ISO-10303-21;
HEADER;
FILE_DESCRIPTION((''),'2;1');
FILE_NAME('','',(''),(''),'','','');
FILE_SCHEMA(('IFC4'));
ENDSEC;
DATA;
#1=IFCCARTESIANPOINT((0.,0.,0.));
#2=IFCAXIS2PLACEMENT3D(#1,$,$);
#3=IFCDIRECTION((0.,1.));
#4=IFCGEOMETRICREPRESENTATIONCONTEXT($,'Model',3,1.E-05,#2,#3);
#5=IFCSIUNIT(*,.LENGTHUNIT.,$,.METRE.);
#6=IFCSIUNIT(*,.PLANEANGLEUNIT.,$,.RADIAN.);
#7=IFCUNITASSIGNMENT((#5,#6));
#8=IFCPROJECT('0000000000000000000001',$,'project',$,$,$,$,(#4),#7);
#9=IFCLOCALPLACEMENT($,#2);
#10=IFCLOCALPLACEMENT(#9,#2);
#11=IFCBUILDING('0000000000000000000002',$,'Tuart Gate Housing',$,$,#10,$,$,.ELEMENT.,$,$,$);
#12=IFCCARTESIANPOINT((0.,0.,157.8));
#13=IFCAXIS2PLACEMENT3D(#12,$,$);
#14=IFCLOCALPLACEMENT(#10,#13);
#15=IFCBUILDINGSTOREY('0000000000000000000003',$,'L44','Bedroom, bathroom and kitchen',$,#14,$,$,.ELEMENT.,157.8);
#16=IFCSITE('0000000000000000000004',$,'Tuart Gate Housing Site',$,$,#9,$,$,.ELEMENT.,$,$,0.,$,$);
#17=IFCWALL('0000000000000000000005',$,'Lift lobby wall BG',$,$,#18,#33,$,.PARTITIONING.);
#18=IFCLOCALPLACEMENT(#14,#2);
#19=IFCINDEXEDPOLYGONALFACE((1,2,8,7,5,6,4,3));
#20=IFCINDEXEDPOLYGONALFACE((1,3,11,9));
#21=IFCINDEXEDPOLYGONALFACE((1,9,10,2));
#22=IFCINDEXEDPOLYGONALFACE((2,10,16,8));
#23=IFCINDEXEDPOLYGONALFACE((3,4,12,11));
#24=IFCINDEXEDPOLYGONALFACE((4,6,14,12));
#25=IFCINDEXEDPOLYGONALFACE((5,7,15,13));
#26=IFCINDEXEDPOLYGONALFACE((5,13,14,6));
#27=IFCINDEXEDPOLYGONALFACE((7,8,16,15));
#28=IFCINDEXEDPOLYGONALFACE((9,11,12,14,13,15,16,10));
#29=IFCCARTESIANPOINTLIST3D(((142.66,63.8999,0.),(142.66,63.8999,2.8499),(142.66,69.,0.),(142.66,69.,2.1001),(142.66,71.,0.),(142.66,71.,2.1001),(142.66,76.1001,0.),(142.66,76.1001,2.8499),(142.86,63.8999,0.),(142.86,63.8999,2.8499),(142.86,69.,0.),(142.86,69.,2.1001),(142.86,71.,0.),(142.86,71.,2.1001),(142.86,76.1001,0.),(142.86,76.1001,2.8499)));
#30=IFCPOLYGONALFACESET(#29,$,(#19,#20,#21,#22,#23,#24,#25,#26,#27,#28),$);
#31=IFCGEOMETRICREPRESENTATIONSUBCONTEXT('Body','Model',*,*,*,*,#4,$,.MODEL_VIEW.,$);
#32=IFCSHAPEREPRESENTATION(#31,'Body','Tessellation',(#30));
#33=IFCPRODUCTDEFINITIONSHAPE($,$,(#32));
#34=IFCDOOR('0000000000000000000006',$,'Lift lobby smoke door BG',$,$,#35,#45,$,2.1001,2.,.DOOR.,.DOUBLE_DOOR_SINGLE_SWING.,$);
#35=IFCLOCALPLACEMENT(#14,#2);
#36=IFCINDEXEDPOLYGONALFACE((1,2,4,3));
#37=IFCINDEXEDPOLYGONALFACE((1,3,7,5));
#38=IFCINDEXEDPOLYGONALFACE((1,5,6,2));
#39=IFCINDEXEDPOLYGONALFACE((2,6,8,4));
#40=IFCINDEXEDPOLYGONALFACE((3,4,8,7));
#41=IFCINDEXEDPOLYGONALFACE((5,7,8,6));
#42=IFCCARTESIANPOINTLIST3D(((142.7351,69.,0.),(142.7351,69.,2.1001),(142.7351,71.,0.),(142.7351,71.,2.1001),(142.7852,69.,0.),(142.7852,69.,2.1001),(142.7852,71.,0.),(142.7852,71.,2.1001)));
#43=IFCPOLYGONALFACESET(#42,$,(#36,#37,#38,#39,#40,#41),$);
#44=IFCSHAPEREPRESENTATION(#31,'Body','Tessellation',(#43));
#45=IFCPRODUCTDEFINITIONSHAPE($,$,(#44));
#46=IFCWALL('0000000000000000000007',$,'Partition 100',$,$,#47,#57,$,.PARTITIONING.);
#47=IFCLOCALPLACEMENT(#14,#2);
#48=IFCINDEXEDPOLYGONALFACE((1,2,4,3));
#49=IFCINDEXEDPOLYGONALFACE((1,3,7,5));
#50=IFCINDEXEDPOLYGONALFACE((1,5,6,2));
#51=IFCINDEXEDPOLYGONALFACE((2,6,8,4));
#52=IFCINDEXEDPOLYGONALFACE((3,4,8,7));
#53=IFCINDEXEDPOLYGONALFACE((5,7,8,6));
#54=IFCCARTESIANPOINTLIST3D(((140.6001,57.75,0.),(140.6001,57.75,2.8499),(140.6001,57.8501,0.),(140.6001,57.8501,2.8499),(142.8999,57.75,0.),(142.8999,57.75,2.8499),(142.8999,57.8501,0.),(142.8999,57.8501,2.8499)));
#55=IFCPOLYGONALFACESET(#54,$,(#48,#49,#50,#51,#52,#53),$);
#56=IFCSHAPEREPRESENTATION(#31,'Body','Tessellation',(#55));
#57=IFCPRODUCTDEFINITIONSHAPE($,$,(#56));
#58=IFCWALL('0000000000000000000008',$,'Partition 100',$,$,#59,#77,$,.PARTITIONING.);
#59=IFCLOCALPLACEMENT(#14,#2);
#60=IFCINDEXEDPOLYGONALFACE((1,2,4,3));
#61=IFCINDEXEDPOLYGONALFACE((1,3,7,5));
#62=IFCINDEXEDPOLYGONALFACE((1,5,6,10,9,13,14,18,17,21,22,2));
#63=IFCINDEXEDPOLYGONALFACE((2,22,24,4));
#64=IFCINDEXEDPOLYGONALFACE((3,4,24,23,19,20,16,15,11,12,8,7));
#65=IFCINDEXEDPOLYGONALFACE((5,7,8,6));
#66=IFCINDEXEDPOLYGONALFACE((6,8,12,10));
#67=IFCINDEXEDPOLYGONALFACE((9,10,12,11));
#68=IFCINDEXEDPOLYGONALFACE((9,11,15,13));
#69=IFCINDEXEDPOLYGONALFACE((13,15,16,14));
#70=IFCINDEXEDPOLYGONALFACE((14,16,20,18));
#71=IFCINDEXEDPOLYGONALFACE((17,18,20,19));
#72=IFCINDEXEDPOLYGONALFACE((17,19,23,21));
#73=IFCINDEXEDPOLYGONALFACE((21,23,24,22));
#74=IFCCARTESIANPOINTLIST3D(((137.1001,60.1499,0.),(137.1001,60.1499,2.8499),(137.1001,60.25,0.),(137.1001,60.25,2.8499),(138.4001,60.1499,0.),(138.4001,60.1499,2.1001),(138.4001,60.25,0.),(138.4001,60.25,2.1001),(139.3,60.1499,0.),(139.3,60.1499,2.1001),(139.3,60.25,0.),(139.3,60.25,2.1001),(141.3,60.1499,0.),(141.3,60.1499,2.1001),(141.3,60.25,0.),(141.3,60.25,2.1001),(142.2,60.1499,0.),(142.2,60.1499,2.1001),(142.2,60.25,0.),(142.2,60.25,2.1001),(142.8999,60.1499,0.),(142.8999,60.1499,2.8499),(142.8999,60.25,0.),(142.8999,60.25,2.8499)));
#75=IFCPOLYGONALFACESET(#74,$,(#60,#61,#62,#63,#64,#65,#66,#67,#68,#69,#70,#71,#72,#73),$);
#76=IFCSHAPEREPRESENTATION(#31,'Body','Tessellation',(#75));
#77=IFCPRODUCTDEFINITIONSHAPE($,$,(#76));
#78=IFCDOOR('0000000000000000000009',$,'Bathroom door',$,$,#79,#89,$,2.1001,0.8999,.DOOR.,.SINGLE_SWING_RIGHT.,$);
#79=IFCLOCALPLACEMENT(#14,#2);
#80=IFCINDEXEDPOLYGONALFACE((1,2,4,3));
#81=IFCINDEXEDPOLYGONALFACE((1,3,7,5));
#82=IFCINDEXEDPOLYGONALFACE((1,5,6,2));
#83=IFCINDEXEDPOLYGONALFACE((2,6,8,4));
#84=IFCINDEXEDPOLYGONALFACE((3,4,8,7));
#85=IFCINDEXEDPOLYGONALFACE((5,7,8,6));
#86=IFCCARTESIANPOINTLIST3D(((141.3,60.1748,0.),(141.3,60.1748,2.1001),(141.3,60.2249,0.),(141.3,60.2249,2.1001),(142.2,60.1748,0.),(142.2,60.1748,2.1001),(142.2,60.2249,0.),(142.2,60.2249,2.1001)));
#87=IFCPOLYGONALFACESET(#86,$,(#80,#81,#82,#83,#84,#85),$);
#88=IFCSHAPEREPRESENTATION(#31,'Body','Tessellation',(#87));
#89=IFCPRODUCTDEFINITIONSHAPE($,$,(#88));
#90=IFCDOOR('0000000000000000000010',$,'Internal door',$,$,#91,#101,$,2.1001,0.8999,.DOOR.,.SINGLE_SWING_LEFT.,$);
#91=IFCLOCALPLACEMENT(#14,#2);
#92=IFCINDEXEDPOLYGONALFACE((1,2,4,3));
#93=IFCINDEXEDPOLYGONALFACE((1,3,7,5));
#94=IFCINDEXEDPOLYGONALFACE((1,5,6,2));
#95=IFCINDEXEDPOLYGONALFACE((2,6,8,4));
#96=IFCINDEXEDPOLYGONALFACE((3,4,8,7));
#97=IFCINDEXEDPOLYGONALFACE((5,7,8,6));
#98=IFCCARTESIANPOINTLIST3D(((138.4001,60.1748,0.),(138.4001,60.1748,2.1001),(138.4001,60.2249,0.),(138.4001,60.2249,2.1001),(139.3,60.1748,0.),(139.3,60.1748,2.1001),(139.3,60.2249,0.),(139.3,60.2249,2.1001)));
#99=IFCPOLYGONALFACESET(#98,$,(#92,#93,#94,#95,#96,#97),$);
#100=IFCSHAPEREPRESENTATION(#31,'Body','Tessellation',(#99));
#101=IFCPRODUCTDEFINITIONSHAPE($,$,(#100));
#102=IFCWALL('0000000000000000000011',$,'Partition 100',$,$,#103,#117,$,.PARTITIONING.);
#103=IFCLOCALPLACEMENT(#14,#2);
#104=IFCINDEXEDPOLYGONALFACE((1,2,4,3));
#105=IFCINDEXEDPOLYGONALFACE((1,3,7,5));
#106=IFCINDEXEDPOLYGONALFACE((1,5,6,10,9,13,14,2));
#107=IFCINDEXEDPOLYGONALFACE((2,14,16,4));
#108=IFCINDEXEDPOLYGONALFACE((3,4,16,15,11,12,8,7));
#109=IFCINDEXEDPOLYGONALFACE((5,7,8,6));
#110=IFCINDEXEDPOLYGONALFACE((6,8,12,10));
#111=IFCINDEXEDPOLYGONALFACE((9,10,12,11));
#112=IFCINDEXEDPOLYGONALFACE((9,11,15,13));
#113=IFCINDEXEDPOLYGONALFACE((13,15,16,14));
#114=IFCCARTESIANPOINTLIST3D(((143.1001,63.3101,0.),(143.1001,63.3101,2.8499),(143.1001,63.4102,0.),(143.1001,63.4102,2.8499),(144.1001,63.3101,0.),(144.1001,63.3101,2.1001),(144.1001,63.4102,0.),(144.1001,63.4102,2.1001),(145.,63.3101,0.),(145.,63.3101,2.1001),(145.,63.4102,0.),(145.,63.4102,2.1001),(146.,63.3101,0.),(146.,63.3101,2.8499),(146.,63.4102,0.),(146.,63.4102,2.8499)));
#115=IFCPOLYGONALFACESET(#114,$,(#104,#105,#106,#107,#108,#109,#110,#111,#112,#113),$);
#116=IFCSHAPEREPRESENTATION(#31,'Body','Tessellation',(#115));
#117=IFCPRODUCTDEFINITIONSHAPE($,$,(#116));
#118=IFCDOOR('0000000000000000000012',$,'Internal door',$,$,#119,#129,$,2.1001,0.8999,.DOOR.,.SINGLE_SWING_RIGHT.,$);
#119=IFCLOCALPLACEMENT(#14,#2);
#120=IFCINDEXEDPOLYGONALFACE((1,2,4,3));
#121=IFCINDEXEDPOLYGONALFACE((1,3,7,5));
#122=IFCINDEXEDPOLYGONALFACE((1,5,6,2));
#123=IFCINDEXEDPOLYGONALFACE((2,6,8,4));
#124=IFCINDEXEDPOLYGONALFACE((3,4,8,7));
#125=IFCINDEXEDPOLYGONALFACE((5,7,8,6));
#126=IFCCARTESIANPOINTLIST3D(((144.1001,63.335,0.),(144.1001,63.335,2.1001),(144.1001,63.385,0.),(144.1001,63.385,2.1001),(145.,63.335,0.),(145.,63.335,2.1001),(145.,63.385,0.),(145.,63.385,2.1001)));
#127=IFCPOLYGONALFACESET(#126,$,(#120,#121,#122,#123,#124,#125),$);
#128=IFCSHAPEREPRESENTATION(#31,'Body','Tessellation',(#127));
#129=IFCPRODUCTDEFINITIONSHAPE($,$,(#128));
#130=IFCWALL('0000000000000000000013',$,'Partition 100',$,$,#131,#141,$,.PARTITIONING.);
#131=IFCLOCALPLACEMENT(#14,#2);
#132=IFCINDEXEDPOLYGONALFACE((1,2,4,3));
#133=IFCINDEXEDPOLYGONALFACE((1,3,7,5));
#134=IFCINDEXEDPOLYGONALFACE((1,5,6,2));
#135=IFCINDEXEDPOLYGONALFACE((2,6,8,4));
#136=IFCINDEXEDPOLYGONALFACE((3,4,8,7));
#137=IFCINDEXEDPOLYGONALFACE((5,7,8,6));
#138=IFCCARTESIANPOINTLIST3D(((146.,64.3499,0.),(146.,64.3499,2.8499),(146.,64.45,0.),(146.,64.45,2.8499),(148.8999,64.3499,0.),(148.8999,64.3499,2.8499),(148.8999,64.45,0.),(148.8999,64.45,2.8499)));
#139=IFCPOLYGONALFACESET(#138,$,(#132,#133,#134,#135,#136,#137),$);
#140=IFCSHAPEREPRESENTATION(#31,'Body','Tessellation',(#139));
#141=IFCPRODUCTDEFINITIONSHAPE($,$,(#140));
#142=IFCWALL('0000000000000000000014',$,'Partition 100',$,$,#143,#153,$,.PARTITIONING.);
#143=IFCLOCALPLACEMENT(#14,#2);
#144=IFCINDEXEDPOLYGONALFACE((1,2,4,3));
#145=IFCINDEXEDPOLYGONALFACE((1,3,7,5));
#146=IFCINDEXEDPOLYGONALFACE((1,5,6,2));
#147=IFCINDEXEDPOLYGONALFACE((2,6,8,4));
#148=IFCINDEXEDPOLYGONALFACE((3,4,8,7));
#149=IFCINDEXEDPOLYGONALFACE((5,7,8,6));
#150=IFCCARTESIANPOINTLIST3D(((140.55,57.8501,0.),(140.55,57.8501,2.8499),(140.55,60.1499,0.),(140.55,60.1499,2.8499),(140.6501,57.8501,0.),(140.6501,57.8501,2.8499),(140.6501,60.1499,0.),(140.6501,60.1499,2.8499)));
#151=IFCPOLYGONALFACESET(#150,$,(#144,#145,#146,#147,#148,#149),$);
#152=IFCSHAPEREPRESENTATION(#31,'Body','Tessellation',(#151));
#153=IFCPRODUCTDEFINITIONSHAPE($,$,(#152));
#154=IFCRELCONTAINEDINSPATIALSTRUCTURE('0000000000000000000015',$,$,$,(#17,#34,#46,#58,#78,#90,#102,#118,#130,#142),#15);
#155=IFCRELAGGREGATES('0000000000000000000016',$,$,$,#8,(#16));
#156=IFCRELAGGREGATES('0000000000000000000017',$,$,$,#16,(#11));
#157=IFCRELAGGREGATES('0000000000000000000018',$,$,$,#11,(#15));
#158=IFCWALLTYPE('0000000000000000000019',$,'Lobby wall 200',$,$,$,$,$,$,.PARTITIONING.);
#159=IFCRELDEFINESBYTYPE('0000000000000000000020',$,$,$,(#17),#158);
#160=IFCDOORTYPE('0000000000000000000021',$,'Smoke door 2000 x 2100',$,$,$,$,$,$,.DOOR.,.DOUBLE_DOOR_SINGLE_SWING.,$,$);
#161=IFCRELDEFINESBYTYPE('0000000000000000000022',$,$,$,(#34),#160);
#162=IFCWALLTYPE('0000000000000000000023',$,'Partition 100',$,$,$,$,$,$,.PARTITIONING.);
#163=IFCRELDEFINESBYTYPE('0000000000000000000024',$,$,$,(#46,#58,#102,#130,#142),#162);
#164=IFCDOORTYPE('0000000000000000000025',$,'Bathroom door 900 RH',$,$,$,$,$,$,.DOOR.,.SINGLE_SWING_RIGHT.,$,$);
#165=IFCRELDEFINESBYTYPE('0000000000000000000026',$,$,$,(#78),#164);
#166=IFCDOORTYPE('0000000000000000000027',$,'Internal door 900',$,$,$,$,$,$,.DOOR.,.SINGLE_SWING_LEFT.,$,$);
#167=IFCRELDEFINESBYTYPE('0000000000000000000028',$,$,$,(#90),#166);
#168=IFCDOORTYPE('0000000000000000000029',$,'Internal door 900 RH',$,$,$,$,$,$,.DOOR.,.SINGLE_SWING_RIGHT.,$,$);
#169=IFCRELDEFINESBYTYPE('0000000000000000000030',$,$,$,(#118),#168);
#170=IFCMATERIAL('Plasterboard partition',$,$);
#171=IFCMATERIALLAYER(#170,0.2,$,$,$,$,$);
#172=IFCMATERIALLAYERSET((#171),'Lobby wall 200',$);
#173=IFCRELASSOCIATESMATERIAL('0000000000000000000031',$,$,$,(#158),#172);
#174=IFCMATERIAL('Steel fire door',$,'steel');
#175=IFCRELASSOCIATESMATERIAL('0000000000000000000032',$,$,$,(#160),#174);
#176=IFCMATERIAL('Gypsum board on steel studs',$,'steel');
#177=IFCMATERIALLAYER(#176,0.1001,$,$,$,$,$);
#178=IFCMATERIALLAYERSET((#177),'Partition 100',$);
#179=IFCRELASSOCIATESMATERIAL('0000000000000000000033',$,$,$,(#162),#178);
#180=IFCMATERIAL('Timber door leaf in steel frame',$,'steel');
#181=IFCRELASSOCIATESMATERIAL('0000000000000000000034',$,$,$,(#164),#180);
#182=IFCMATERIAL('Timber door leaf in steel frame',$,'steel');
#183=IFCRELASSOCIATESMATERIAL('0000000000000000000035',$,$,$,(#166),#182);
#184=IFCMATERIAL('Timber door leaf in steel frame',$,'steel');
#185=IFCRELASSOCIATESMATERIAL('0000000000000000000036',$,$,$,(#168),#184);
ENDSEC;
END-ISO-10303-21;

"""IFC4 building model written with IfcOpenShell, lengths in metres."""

from ifc_helpers import new_model, si_unit, direction, frame, frame_2d, origin, place, context, subcontext, project, spatial, rectangle, extrude, material, layer, layer_set, type_object, element, fill, save


model = new_model("IFC4")

# Units and contexts
model_context = context("Model", 3, precision=1e-05, world=origin(), true_north=direction((0.0, 1.0)))
body_context = subcontext(model_context, "Body", "Model", "MODEL_VIEW")
ifc_project = project(units=[si_unit("LENGTHUNIT", "METRE"), si_unit("PLANEANGLEUNIT", "RADIAN")], contexts=[model_context])

# Site, building, storey
site_placement = place(None, origin())
site = spatial("IfcSite", under=ifc_project, at=site_placement, Name="Tuart Gate Housing Site", CompositionType="ELEMENT", RefElevation=0.0)
building_placement = place(site_placement, origin())
building = spatial("IfcBuilding", under=site, at=building_placement, Name="Tuart Gate Housing", CompositionType="ELEMENT")
storey_placement = place(building_placement, frame((0.0, 0.0, 157.8)))
storey = spatial("IfcBuildingStorey", under=building, at=storey_placement, Name="L44", Description="Bedroom, bathroom and kitchen", CompositionType="ELEMENT", Elevation=157.8)

# Wall, opening, door
ifc_material_1 = material(Name="Plasterboard partition")
ifc_layer_1 = layer(ifc_material_1, 0.2)
ifc_layer_set_1 = layer_set([ifc_layer_1], Name="Lobby wall 200")
wall_type_1 = type_object("IfcWallType", Name="Lobby wall 200", PredefinedType="PARTITIONING", material=ifc_layer_set_1)
wall_1_placement = place(storey_placement, frame((142.76, 63.8999, 0.0), z_axis=(0.0, 0.0, 1.0), x_axis=(0.0, 1.0, 0.0)))
wall_1 = element("IfcWall", 1, at=wall_1_placement, inside=storey, type_object=wall_type_1, Name="Lift lobby wall BG", PredefinedType="PARTITIONING", context=body_context, shape_type="SweptSolid", body=[
    extrude(rectangle(XDim=12.2002, YDim=0.2, at=frame_2d((6.1001, 0.0))), origin(), (0.0, 0.0, 1.0), 2.8499),
])
opening_1_placement = place(wall_1_placement, frame((5.1001, 0.0, 0.0)))
opening_1 = element("IfcOpeningElement", 2, at=opening_1_placement, cuts=wall_1, PredefinedType="OPENING", context=body_context, shape_type="SweptSolid", body=[
    extrude(rectangle(XDim=2.0, YDim=2.1001, at=frame_2d((1.0, 1.05))), frame((0.0, 0.1099, 0.0), z_axis=(0.0, -1.0, 0.0), x_axis=(1.0, 0.0, 0.0)), (0.0, 0.0, 1.0), 0.22),
])
ifc_material_2 = material(Name="Steel fire door", Category="steel")
door_type_1 = type_object("IfcDoorType", Name="Smoke door 2000 x 2100", OperationType="DOUBLE_DOOR_SINGLE_SWING", PredefinedType="DOOR", material=ifc_material_2)
door_1_placement = place(opening_1_placement, origin())
door_1 = element("IfcDoor", 3, at=door_1_placement, inside=storey, type_object=door_type_1, Name="Lift lobby smoke door BG", OperationType="DOUBLE_DOOR_SINGLE_SWING", OverallHeight=2.1001, OverallWidth=2.0, PredefinedType="DOOR", context=body_context, shape_type="SweptSolid", body=[
    extrude(rectangle(XDim=2.0, YDim=2.1001, at=frame_2d((1.0, 1.05))), frame((0.0, 0.0249, 0.0), z_axis=(0.0, -1.0, 0.0), x_axis=(1.0, 0.0, 0.0)), (0.0, 0.0, 1.0), 0.05),
])
fill(opening_1, door_1)

# Wall
ifc_material_3 = material(Name="Gypsum board on steel studs", Category="steel")
ifc_layer_2 = layer(ifc_material_3, 0.1001)
ifc_layer_set_2 = layer_set([ifc_layer_2], Name="Partition 100")
wall_type_2 = type_object("IfcWallType", Name="Partition 100", PredefinedType="PARTITIONING", material=ifc_layer_set_2)
wall_2_placement = place(storey_placement, frame((140.6001, 57.8, 0.0), z_axis=(0.0, 0.0, 1.0), x_axis=(1.0, 0.0, 0.0)))
element("IfcWall", 4, at=wall_2_placement, inside=storey, type_object=wall_type_2, Name="Partition 100", PredefinedType="PARTITIONING", context=body_context, shape_type="SweptSolid", body=[
    extrude(rectangle(XDim=2.2998, YDim=0.1001, at=frame_2d((1.1499, 0.0))), origin(), (0.0, 0.0, 1.0), 2.8499),
])

# Wall, openings, doors
wall_3_placement = place(storey_placement, frame((137.1001, 60.2, 0.0), z_axis=(0.0, 0.0, 1.0), x_axis=(1.0, 0.0, 0.0)))
wall_3 = element("IfcWall", 5, at=wall_3_placement, inside=storey, type_object=wall_type_2, Name="Partition 100", PredefinedType="PARTITIONING", context=body_context, shape_type="SweptSolid", body=[
    extrude(rectangle(XDim=5.7998, YDim=0.1001, at=frame_2d((2.8999, 0.0))), origin(), (0.0, 0.0, 1.0), 2.8499),
])
opening_2_placement = place(wall_3_placement, frame((1.3, 0.0, 0.0)))
opening_2 = element("IfcOpeningElement", 6, at=opening_2_placement, cuts=wall_3, PredefinedType="OPENING", context=body_context, shape_type="SweptSolid", body=[
    extrude(rectangle(XDim=0.8999, YDim=2.1001, at=frame_2d((0.45, 1.05))), frame((0.0, 0.0601, 0.0), z_axis=(0.0, -1.0, 0.0), x_axis=(1.0, 0.0, 0.0)), (0.0, 0.0, 1.0), 0.1201),
])
opening_3_placement = place(wall_3_placement, frame((4.2, 0.0, 0.0)))
opening_3 = element("IfcOpeningElement", 7, at=opening_3_placement, cuts=wall_3, PredefinedType="OPENING", context=body_context, shape_type="SweptSolid", body=[
    extrude(rectangle(XDim=0.8999, YDim=2.1001, at=frame_2d((0.45, 1.05))), frame((0.0, 0.0601, 0.0), z_axis=(0.0, -1.0, 0.0), x_axis=(1.0, 0.0, 0.0)), (0.0, 0.0, 1.0), 0.1201),
])
ifc_material_4 = material(Name="Timber door leaf in steel frame", Category="steel")
door_type_2 = type_object("IfcDoorType", Name="Bathroom door 900 RH", OperationType="SINGLE_SWING_RIGHT", PredefinedType="DOOR", material=ifc_material_4)
door_2_placement = place(opening_3_placement, frame((0.8999, 0.0, 0.0), z_axis=(0.0, 0.0, 1.0), x_axis=(-1.0, 0.0, 0.0)))
door_2 = element("IfcDoor", 8, at=door_2_placement, inside=storey, type_object=door_type_2, Name="Bathroom door", OperationType="SINGLE_SWING_RIGHT", OverallHeight=2.1001, OverallWidth=0.8999, PredefinedType="DOOR", context=body_context, shape_type="SweptSolid", body=[
    extrude(rectangle(XDim=0.8999, YDim=2.1001, at=frame_2d((0.45, 1.05))), frame((0.0, 0.0251, 0.0), z_axis=(0.0, -1.0, 0.0), x_axis=(1.0, 0.0, 0.0)), (0.0, 0.0, 1.0), 0.05),
])
fill(opening_3, door_2)
ifc_material_5 = material(Name="Timber door leaf in steel frame", Category="steel")
door_type_3 = type_object("IfcDoorType", Name="Internal door 900", OperationType="SINGLE_SWING_LEFT", PredefinedType="DOOR", material=ifc_material_5)
door_3_placement = place(opening_2_placement, origin())
door_3 = element("IfcDoor", 9, at=door_3_placement, inside=storey, type_object=door_type_3, Name="Internal door", OperationType="SINGLE_SWING_LEFT", OverallHeight=2.1001, OverallWidth=0.8999, PredefinedType="DOOR", context=body_context, shape_type="SweptSolid", body=[
    extrude(rectangle(XDim=0.8999, YDim=2.1001, at=frame_2d((0.45, 1.05))), frame((0.0, 0.0249, 0.0), z_axis=(0.0, -1.0, 0.0), x_axis=(1.0, 0.0, 0.0)), (0.0, 0.0, 1.0), 0.05),
])
fill(opening_2, door_3)

# Wall, opening, door
wall_4_placement = place(storey_placement, frame((143.1001, 63.3601, 0.0), z_axis=(0.0, 0.0, 1.0), x_axis=(1.0, 0.0, 0.0)))
wall_4 = element("IfcWall", 10, at=wall_4_placement, inside=storey, type_object=wall_type_2, Name="Partition 100", PredefinedType="PARTITIONING", context=body_context, shape_type="SweptSolid", body=[
    extrude(rectangle(XDim=2.8999, YDim=0.1001, at=frame_2d((1.45, 0.0))), origin(), (0.0, 0.0, 1.0), 2.8499),
])
opening_4_placement = place(wall_4_placement, frame((1.0, 0.0, 0.0)))
opening_4 = element("IfcOpeningElement", 11, at=opening_4_placement, cuts=wall_4, PredefinedType="OPENING", context=body_context, shape_type="SweptSolid", body=[
    extrude(rectangle(XDim=0.8999, YDim=2.1001, at=frame_2d((0.45, 1.05))), frame((0.0, 0.0601, 0.0), z_axis=(0.0, -1.0, 0.0), x_axis=(1.0, 0.0, 0.0)), (0.0, 0.0, 1.0), 0.1201),
])
ifc_material_6 = material(Name="Timber door leaf in steel frame", Category="steel")
door_type_4 = type_object("IfcDoorType", Name="Internal door 900 RH", OperationType="SINGLE_SWING_RIGHT", PredefinedType="DOOR", material=ifc_material_6)
door_4_placement = place(opening_4_placement, origin())
door_4 = element("IfcDoor", 12, at=door_4_placement, inside=storey, type_object=door_type_4, Name="Internal door", OperationType="SINGLE_SWING_RIGHT", OverallHeight=2.1001, OverallWidth=0.8999, PredefinedType="DOOR", context=body_context, shape_type="SweptSolid", body=[
    extrude(rectangle(XDim=0.8999, YDim=2.1001, at=frame_2d((0.45, 1.05))), frame((0.0, 0.0249, 0.0), z_axis=(0.0, -1.0, 0.0), x_axis=(1.0, 0.0, 0.0)), (0.0, 0.0, 1.0), 0.05),
])
fill(opening_4, door_4)

# Walls
wall_5_placement = place(storey_placement, frame((146.0, 64.3999, 0.0), z_axis=(0.0, 0.0, 1.0), x_axis=(1.0, 0.0, 0.0)))
element("IfcWall", 13, at=wall_5_placement, inside=storey, type_object=wall_type_2, Name="Partition 100", PredefinedType="PARTITIONING", context=body_context, shape_type="SweptSolid", body=[
    extrude(rectangle(XDim=2.8999, YDim=0.1001, at=frame_2d((1.45, 0.0))), origin(), (0.0, 0.0, 1.0), 2.8499),
])
wall_6_placement = place(storey_placement, frame((140.6001, 57.8501, 0.0), z_axis=(0.0, 0.0, 1.0), x_axis=(0.0, 1.0, 0.0)))
element("IfcWall", 14, at=wall_6_placement, inside=storey, type_object=wall_type_2, Name="Partition 100", PredefinedType="PARTITIONING", context=body_context, shape_type="SweptSolid", body=[
    extrude(rectangle(XDim=2.2998, YDim=0.1001, at=frame_2d((1.1499, 0.0))), origin(), (0.0, 0.0, 1.0), 2.8499),
])

save(model, "model.ifc")
